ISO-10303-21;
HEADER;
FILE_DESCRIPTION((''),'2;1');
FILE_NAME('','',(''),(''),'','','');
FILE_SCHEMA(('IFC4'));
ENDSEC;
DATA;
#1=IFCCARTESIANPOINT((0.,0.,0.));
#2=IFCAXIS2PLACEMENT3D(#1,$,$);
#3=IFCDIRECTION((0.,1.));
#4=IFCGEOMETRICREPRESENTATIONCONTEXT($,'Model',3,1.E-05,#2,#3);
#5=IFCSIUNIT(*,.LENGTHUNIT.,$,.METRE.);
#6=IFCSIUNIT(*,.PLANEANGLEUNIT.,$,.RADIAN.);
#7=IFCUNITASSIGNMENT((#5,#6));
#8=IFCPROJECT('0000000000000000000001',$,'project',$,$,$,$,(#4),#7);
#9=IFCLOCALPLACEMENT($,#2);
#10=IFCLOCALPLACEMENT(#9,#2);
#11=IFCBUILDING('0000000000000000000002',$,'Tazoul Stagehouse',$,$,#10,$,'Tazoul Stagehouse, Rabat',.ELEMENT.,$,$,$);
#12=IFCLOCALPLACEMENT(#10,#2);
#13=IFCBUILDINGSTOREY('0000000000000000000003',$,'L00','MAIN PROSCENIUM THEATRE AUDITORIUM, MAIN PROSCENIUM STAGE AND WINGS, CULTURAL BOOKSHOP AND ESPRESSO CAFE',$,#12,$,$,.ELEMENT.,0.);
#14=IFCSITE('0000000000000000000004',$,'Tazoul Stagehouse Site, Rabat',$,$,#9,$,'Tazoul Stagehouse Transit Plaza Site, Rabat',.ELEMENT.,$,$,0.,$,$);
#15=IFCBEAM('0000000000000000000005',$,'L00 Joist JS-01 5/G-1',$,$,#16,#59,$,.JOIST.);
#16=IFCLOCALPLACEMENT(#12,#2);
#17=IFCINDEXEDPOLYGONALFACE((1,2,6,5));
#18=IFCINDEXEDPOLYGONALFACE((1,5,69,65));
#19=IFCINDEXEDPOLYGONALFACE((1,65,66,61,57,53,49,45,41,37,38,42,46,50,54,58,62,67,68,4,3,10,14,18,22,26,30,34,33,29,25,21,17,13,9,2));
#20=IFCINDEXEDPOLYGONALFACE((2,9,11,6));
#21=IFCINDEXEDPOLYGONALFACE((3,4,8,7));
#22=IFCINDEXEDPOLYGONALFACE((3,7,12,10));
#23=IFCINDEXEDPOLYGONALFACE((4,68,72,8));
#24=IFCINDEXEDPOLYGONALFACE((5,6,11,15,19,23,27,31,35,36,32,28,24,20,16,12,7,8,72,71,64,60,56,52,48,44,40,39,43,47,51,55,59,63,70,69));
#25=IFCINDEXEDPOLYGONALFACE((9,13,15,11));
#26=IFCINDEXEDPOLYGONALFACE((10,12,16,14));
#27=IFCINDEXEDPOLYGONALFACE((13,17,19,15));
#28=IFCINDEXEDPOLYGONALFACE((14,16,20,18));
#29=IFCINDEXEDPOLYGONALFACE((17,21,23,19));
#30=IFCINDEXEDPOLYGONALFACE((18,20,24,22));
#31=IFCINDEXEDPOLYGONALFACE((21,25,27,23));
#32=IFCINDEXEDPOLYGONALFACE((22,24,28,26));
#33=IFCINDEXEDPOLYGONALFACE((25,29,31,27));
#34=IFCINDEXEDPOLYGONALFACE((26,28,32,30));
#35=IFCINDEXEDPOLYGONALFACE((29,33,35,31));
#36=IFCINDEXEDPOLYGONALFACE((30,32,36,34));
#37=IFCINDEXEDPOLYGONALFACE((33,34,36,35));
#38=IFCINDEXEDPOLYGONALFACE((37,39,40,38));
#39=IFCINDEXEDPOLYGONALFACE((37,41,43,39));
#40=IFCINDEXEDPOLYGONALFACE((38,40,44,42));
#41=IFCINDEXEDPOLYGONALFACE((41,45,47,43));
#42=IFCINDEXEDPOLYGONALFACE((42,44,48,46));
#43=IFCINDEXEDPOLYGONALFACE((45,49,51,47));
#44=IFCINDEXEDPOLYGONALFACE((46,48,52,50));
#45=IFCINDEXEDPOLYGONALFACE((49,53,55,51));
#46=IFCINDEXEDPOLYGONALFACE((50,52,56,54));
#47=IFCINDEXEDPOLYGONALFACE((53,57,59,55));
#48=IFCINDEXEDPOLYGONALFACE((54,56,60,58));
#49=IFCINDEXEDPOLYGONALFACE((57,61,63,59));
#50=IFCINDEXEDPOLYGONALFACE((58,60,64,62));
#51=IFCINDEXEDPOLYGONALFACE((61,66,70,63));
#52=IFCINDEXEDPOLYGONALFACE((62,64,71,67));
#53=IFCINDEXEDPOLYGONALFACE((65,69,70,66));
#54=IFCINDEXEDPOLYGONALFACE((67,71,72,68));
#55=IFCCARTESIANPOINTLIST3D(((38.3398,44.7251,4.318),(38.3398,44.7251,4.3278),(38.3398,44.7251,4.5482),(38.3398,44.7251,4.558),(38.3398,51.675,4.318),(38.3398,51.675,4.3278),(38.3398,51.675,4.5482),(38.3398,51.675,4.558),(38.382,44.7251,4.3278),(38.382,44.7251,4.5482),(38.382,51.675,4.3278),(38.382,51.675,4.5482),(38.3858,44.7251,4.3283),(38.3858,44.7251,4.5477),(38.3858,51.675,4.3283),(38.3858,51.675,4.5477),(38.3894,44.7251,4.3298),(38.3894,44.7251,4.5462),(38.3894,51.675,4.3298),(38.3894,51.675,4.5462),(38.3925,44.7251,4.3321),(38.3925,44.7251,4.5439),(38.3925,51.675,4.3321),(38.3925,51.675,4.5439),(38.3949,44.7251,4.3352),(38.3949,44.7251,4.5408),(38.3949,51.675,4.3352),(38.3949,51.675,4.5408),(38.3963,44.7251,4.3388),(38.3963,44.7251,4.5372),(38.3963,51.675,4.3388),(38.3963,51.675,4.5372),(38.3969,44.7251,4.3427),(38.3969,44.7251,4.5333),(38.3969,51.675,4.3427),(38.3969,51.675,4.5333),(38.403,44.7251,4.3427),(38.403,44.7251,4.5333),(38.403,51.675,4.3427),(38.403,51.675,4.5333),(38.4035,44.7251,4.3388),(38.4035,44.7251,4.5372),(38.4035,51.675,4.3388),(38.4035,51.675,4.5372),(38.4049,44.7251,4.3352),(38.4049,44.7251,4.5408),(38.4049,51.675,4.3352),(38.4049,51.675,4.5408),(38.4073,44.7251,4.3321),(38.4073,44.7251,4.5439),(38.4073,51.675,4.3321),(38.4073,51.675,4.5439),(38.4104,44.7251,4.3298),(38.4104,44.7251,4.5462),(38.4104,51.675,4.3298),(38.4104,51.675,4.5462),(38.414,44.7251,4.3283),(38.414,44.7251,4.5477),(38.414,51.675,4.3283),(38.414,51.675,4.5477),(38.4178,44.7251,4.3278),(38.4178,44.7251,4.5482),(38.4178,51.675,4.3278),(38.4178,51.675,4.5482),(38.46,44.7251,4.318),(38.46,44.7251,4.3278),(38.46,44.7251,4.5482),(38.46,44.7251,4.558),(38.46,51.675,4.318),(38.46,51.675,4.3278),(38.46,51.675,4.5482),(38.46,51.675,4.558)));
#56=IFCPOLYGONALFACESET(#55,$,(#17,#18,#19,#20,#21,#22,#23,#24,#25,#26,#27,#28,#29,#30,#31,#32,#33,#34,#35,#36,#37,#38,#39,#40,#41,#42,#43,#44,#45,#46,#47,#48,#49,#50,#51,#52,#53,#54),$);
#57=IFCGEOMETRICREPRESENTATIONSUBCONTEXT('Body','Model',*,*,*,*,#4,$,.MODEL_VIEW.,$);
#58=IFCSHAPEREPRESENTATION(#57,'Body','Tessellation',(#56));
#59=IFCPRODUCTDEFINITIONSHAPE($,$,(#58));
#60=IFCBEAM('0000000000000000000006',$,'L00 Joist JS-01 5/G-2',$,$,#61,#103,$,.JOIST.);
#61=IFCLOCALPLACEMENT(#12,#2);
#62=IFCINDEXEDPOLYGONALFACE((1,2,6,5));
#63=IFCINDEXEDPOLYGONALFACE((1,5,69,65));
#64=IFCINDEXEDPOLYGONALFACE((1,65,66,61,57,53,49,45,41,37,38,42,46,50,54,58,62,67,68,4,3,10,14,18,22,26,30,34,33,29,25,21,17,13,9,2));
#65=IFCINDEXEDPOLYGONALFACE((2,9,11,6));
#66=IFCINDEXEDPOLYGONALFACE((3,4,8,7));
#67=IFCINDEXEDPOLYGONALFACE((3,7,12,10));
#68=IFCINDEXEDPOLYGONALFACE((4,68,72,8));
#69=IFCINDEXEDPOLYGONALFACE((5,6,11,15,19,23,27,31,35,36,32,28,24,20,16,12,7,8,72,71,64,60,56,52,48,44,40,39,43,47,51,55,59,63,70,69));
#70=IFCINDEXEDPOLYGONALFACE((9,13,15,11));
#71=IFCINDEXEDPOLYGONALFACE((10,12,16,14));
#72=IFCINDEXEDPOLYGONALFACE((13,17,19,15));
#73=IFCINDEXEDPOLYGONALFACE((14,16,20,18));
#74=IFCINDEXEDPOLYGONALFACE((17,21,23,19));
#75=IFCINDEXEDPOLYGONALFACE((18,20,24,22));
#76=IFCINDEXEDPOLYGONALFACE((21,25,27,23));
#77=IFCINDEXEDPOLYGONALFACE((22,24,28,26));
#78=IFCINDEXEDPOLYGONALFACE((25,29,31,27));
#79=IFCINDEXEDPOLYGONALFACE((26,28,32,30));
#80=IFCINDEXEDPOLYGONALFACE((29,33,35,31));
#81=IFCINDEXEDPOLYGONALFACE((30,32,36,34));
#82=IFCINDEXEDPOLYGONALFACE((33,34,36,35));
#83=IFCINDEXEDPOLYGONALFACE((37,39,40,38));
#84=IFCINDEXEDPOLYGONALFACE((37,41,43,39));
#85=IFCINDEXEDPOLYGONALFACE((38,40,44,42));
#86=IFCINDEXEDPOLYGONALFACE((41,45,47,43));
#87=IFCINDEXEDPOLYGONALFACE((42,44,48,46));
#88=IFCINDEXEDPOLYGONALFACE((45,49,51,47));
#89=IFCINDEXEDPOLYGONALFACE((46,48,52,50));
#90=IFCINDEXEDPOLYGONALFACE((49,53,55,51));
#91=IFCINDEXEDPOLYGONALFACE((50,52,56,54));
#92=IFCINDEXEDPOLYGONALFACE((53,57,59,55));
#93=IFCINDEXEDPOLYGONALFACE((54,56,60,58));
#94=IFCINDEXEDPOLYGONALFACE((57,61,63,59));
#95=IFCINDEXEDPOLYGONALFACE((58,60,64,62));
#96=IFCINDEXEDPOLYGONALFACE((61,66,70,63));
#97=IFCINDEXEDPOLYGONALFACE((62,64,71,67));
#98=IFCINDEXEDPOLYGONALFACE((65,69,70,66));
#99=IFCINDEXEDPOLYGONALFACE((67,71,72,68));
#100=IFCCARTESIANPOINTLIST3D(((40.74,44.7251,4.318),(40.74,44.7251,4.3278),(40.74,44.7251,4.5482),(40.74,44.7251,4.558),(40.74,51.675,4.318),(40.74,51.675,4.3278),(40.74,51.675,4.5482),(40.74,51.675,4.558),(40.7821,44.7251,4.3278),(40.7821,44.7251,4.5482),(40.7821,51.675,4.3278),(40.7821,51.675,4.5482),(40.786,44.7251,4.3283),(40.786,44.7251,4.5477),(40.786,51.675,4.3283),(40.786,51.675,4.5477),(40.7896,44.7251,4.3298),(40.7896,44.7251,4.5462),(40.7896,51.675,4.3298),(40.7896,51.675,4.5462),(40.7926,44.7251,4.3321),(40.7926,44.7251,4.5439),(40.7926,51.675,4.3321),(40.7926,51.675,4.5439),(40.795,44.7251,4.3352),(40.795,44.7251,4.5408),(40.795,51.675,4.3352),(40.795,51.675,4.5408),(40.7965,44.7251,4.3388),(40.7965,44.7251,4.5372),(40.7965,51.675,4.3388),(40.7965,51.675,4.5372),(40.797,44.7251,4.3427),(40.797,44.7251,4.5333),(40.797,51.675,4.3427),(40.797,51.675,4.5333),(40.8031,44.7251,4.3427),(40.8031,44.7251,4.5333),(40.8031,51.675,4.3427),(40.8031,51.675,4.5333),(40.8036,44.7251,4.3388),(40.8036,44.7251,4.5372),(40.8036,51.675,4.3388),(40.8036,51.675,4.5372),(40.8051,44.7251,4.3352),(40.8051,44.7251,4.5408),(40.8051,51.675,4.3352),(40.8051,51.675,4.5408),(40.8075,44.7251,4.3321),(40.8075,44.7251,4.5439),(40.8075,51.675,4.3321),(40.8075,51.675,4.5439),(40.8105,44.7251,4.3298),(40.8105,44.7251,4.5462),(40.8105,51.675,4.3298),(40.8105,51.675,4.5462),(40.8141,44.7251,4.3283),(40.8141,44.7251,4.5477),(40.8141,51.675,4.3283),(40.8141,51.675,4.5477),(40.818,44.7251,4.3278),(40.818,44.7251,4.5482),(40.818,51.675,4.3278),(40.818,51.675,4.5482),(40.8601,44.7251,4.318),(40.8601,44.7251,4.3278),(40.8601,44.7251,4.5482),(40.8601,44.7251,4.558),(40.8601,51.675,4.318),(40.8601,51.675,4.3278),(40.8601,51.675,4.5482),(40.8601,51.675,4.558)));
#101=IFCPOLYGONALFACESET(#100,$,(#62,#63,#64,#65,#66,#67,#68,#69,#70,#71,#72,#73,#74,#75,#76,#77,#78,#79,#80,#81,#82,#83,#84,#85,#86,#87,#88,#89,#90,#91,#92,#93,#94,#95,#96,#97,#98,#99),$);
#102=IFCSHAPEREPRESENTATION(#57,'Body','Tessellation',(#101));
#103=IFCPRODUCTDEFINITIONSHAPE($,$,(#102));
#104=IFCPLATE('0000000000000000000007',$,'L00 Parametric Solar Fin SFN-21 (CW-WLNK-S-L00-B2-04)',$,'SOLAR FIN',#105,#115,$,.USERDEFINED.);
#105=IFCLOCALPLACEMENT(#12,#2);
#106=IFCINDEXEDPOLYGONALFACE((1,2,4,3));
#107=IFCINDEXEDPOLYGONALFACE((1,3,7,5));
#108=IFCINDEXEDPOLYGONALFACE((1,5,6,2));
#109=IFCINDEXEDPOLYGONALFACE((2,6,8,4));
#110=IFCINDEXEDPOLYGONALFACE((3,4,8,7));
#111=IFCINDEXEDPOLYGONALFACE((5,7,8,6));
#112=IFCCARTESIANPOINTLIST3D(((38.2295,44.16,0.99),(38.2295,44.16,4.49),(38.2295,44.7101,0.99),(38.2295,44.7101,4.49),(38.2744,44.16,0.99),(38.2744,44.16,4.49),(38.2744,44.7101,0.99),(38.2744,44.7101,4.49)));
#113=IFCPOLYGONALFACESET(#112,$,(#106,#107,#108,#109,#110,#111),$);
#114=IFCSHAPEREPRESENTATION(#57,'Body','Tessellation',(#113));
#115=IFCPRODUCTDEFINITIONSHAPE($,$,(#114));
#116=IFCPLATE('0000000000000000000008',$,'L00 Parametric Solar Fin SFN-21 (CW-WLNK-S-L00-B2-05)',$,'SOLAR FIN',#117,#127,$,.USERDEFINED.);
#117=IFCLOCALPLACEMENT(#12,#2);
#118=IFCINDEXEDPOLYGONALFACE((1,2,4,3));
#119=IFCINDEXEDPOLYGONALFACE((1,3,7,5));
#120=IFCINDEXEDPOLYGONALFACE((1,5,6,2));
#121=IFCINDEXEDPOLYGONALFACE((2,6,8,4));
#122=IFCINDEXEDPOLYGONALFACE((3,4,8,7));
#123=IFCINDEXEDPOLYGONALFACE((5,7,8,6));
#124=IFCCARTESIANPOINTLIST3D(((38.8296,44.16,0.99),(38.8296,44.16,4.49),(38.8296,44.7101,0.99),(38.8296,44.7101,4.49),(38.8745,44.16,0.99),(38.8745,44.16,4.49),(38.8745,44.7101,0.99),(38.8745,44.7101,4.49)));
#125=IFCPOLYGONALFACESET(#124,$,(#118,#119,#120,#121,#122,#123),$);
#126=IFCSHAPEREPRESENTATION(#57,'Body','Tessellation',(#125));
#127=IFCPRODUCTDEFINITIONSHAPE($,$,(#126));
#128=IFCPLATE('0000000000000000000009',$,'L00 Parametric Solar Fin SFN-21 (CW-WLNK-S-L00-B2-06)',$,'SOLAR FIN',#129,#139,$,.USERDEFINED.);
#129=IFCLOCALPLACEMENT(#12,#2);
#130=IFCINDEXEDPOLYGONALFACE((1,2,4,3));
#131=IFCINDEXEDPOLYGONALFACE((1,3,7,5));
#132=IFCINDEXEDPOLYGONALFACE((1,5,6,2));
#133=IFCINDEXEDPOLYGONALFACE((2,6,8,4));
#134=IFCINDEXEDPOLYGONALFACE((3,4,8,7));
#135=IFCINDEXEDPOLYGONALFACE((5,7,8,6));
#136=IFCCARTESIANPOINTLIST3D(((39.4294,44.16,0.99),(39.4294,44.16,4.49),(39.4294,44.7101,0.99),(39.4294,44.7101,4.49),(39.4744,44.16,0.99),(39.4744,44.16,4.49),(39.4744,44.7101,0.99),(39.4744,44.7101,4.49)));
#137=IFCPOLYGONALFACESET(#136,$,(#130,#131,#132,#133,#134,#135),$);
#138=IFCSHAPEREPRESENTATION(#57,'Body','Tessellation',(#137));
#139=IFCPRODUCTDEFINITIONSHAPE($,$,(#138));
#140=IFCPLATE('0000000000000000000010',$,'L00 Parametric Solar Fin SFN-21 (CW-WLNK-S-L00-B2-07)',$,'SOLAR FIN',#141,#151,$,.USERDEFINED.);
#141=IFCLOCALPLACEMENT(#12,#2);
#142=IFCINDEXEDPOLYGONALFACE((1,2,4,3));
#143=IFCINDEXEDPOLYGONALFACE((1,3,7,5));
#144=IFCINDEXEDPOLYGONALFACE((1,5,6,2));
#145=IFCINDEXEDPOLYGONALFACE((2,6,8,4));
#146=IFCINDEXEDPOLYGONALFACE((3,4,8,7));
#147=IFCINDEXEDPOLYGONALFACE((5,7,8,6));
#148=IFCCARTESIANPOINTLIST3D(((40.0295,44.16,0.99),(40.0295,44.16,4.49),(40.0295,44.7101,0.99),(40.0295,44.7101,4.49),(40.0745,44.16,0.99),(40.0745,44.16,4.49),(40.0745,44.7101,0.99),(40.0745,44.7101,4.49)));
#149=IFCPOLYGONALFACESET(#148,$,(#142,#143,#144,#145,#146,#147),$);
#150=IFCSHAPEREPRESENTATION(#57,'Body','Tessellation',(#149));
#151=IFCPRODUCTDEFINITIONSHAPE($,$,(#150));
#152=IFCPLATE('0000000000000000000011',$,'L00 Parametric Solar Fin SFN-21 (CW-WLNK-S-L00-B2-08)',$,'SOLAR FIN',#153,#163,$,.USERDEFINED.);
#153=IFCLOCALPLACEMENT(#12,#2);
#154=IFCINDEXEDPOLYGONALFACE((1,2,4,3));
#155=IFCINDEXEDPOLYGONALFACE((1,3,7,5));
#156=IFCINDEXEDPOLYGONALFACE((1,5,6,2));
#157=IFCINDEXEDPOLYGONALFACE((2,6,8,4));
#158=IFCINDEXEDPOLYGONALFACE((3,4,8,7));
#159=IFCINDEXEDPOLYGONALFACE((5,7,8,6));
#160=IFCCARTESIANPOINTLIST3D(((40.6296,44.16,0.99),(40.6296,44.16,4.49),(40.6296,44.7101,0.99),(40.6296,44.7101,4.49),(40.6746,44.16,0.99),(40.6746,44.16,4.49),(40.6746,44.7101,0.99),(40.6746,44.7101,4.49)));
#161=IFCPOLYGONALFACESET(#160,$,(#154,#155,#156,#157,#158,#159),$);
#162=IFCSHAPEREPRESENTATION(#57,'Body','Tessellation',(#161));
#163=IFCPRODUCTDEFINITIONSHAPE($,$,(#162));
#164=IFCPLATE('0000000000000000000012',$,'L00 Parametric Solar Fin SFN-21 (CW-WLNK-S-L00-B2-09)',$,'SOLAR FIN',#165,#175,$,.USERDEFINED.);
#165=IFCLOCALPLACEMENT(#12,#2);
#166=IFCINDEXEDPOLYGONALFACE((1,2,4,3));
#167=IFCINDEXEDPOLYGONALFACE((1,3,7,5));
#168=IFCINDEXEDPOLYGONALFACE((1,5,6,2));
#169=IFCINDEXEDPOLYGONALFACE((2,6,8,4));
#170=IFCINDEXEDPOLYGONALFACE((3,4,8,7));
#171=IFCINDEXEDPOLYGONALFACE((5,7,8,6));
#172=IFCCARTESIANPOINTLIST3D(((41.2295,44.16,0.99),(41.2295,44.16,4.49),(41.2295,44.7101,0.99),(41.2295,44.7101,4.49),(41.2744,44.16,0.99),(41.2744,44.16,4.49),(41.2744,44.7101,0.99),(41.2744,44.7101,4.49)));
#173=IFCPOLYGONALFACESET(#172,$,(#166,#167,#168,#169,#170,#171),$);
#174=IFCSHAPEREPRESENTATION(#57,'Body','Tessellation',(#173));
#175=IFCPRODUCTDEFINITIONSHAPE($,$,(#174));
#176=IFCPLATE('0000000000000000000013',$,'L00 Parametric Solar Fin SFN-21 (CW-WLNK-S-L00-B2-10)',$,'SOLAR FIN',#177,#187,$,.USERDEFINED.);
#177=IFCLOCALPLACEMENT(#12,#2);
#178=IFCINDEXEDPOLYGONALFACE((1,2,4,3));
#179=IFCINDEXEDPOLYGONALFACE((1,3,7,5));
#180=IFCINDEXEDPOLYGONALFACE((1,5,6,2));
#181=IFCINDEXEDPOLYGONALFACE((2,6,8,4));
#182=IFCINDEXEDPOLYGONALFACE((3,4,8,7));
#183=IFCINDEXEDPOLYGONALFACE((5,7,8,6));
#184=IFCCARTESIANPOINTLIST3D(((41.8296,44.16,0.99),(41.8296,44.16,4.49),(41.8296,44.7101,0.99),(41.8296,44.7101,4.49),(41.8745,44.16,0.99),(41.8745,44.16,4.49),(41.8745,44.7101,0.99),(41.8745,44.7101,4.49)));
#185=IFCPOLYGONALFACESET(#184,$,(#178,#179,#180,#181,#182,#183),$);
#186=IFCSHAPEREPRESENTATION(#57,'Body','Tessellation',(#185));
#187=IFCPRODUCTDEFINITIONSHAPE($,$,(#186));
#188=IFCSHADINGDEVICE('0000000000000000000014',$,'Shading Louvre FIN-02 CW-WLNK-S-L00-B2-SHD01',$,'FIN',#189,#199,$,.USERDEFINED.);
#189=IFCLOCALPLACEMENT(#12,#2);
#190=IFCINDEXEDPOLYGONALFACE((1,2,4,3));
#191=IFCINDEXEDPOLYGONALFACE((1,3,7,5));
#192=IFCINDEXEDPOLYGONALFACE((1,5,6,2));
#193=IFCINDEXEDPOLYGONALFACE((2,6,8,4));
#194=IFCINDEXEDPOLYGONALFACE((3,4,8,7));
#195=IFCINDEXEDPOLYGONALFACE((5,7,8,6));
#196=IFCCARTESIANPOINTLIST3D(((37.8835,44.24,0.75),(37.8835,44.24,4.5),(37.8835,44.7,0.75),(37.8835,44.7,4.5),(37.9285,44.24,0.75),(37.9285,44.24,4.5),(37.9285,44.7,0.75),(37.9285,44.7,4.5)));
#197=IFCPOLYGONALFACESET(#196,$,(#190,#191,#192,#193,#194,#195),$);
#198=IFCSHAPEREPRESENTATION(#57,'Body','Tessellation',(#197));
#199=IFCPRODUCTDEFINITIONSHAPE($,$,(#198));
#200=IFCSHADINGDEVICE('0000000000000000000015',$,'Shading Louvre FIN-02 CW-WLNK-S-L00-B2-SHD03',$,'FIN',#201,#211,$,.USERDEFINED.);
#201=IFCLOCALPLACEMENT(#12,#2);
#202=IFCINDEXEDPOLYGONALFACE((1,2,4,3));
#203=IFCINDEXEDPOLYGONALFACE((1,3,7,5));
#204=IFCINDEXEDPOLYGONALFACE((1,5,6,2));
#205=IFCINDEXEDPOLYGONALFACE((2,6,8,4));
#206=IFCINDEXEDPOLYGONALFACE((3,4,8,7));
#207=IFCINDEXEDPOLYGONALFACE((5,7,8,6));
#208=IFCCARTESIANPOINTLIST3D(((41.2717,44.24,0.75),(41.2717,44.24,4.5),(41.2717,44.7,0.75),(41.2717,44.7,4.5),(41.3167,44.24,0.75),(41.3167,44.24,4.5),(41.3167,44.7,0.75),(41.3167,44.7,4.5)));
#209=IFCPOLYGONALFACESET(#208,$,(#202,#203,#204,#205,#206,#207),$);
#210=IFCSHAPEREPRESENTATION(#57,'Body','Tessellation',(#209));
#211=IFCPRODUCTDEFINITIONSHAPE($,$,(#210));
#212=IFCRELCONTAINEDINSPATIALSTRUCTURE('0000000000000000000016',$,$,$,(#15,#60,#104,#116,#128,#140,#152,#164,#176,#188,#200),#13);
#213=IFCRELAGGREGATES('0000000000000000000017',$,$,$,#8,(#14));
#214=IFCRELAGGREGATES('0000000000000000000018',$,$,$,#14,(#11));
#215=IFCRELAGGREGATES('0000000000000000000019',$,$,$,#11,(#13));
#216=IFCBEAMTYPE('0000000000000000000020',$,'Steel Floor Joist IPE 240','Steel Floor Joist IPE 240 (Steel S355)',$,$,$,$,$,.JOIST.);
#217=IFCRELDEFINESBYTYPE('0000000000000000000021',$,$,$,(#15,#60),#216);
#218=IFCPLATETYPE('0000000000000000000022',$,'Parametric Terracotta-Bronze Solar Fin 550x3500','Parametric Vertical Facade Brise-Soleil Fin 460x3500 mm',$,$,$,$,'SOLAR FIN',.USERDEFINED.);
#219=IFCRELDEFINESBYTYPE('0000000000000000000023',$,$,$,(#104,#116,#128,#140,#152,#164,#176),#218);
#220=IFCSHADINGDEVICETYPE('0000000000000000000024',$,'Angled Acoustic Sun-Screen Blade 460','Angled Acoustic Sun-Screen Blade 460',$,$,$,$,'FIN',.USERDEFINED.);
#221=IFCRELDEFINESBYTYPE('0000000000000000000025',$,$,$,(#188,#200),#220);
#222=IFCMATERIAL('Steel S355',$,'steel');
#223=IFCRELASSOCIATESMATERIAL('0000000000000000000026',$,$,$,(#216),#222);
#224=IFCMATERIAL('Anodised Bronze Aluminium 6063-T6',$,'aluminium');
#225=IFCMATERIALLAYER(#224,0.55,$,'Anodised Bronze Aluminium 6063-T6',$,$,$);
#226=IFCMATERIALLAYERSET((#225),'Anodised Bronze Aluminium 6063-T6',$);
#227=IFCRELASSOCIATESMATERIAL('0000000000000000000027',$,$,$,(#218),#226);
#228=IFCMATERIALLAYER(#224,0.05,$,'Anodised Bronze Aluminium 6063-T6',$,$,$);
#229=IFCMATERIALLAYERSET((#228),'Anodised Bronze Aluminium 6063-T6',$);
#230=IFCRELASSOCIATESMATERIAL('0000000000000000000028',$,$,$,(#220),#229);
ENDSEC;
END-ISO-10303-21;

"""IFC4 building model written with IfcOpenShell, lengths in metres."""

from ifc_helpers import new_model, si_unit, direction, frame, origin, origin_2d, place, context, subcontext, project, spatial, rectangle, i_section, extrude, material, layer, layer_set, material_profile, profile_set, type_object, element, save


model = new_model("IFC4")

# Units and contexts
model_context = context("Model", 3, precision=1e-05, world=origin(), true_north=direction((0.0, 1.0)))
body_context = subcontext(model_context, "Body", "Model", "MODEL_VIEW")
ifc_project = project(units=[si_unit("LENGTHUNIT", "METRE"), si_unit("PLANEANGLEUNIT", "RADIAN")], contexts=[model_context])

# Site, building, storey
site_placement = place(None, origin())
site = spatial("IfcSite", under=ifc_project, at=site_placement, Name="Tazoul Stagehouse Site, Rabat", LongName="Tazoul Stagehouse Transit Plaza Site, Rabat", CompositionType="ELEMENT", RefElevation=0.0)
building_placement = place(site_placement, origin())
building = spatial("IfcBuilding", under=site, at=building_placement, Name="Tazoul Stagehouse", LongName="Tazoul Stagehouse, Rabat", CompositionType="ELEMENT")
storey_placement = place(building_placement, origin())
storey = spatial("IfcBuildingStorey", under=building, at=storey_placement, Name="L00", Description="MAIN PROSCENIUM THEATRE AUDITORIUM, MAIN PROSCENIUM STAGE AND WINGS, CULTURAL BOOKSHOP AND ESPRESSO CAFE", CompositionType="ELEMENT", Elevation=0.0)

# Beams
ifc_material_1 = material(Name="Steel S355", Category="steel")
ifc_material_profile = material_profile(ifc_material_1, i_section(OverallWidth=0.1201, OverallDepth=0.24, WebThickness=0.0061, FlangeThickness=0.0098, FilletRadius=0.0149, at=origin_2d()), Name="IPE 240")
ifc_profile_set = profile_set([ifc_material_profile], Name="Steel S355")
beam_type = type_object("IfcBeamType", Name="Steel Floor Joist IPE 240", Description="Steel Floor Joist IPE 240 (Steel S355)", PredefinedType="JOIST", material=ifc_profile_set)
for number, where, z_axis, x_axis, name in (
    (1, (38.3999, 44.7251, 4.438), (0.0, 1.0, 0.0), (-1.0, 0.0, 0.0), "L00 Joist JS-01 5/G-1"),
    (2, (40.8, 44.7251, 4.438), (0.0, 1.0, 0.0), (-1.0, 0.0, 0.0), "L00 Joist JS-01 5/G-2"),
):
    element("IfcBeam", number, at=place(storey_placement, frame(where, z_axis=z_axis, x_axis=x_axis)), inside=storey, type_object=beam_type, Name=name, PredefinedType="JOIST", context=body_context, shape_type="SweptSolid", body=[
        extrude(i_section(OverallWidth=0.1201, OverallDepth=0.24, WebThickness=0.0061, FlangeThickness=0.0098, FilletRadius=0.0149, at=origin_2d()), origin(), (0.0, 0.0, 1.0), 6.95),
    ])

# Plates
ifc_material_2 = material(Name="Anodised Bronze Aluminium 6063-T6", Category="aluminium")
ifc_layer_1 = layer(ifc_material_2, 0.55, Name="Anodised Bronze Aluminium 6063-T6")
ifc_layer_set_1 = layer_set([ifc_layer_1], Name="Anodised Bronze Aluminium 6063-T6")
plate_type = type_object("IfcPlateType", Name="Parametric Terracotta-Bronze Solar Fin 550x3500", Description="Parametric Vertical Facade Brise-Soleil Fin 460x3500 mm", ElementType="SOLAR FIN", PredefinedType="USERDEFINED", material=ifc_layer_set_1)
for number, where, z_axis, x_axis, name in (
    (3, (38.252, 44.4351, 0.99), (0.0, 0.0, 1.0), (1.0, 0.0, 0.0), "L00 Parametric Solar Fin SFN-21 (CW-WLNK-S-L00-B2-04)"),
    (4, (38.8521, 44.4351, 0.99), (0.0, 0.0, 1.0), (1.0, 0.0, 0.0), "L00 Parametric Solar Fin SFN-21 (CW-WLNK-S-L00-B2-05)"),
    (5, (39.4519, 44.4351, 0.99), (0.0, 0.0, 1.0), (1.0, 0.0, 0.0), "L00 Parametric Solar Fin SFN-21 (CW-WLNK-S-L00-B2-06)"),
    (6, (40.052, 44.4351, 0.99), (0.0, 0.0, 1.0), (1.0, 0.0, 0.0), "L00 Parametric Solar Fin SFN-21 (CW-WLNK-S-L00-B2-07)"),
    (7, (40.6521, 44.4351, 0.99), (0.0, 0.0, 1.0), (1.0, 0.0, 0.0), "L00 Parametric Solar Fin SFN-21 (CW-WLNK-S-L00-B2-08)"),
    (8, (41.252, 44.4351, 0.99), (0.0, 0.0, 1.0), (1.0, 0.0, 0.0), "L00 Parametric Solar Fin SFN-21 (CW-WLNK-S-L00-B2-09)"),
    (9, (41.8521, 44.4351, 0.99), (0.0, 0.0, 1.0), (1.0, 0.0, 0.0), "L00 Parametric Solar Fin SFN-21 (CW-WLNK-S-L00-B2-10)"),
):
    element("IfcPlate", number, at=place(storey_placement, frame(where, z_axis=z_axis, x_axis=x_axis)), inside=storey, type_object=plate_type, Name=name, ObjectType="SOLAR FIN", PredefinedType="USERDEFINED", context=body_context, shape_type="SweptSolid", body=[
        extrude(rectangle(XDim=0.0449, YDim=0.55, at=origin_2d()), origin(), (0.0, 0.0, 1.0), 3.5),
    ])

# Shading devices
ifc_layer_2 = layer(ifc_material_2, 0.05, Name="Anodised Bronze Aluminium 6063-T6")
ifc_layer_set_2 = layer_set([ifc_layer_2], Name="Anodised Bronze Aluminium 6063-T6")
shading_device_type_1 = type_object("IfcShadingDeviceType", Name="Angled Acoustic Sun-Screen Blade 460", Description="Angled Acoustic Sun-Screen Blade 460", ElementType="FIN", PredefinedType="USERDEFINED", material=ifc_layer_set_2)
for number, where, z_axis, x_axis, name in (
    (10, (37.906, 44.47, 0.75), (0.0, 0.0, 1.0), (1.0, 0.0, 0.0), "Shading Louvre FIN-02 CW-WLNK-S-L00-B2-SHD01"),
    (11, (41.2942, 44.47, 0.75), (0.0, 0.0, 1.0), (1.0, 0.0, 0.0), "Shading Louvre FIN-02 CW-WLNK-S-L00-B2-SHD03"),
):
    element("IfcShadingDevice", number, at=place(storey_placement, frame(where, z_axis=z_axis, x_axis=x_axis)), inside=storey, type_object=shading_device_type_1, Name=name, ObjectType="FIN", PredefinedType="USERDEFINED", context=body_context, shape_type="SweptSolid", body=[
        extrude(rectangle(XDim=0.0449, YDim=0.46, at=origin_2d()), origin(), (0.0, 0.0, 1.0), 3.75),
    ])

save(model, "model.ifc")
